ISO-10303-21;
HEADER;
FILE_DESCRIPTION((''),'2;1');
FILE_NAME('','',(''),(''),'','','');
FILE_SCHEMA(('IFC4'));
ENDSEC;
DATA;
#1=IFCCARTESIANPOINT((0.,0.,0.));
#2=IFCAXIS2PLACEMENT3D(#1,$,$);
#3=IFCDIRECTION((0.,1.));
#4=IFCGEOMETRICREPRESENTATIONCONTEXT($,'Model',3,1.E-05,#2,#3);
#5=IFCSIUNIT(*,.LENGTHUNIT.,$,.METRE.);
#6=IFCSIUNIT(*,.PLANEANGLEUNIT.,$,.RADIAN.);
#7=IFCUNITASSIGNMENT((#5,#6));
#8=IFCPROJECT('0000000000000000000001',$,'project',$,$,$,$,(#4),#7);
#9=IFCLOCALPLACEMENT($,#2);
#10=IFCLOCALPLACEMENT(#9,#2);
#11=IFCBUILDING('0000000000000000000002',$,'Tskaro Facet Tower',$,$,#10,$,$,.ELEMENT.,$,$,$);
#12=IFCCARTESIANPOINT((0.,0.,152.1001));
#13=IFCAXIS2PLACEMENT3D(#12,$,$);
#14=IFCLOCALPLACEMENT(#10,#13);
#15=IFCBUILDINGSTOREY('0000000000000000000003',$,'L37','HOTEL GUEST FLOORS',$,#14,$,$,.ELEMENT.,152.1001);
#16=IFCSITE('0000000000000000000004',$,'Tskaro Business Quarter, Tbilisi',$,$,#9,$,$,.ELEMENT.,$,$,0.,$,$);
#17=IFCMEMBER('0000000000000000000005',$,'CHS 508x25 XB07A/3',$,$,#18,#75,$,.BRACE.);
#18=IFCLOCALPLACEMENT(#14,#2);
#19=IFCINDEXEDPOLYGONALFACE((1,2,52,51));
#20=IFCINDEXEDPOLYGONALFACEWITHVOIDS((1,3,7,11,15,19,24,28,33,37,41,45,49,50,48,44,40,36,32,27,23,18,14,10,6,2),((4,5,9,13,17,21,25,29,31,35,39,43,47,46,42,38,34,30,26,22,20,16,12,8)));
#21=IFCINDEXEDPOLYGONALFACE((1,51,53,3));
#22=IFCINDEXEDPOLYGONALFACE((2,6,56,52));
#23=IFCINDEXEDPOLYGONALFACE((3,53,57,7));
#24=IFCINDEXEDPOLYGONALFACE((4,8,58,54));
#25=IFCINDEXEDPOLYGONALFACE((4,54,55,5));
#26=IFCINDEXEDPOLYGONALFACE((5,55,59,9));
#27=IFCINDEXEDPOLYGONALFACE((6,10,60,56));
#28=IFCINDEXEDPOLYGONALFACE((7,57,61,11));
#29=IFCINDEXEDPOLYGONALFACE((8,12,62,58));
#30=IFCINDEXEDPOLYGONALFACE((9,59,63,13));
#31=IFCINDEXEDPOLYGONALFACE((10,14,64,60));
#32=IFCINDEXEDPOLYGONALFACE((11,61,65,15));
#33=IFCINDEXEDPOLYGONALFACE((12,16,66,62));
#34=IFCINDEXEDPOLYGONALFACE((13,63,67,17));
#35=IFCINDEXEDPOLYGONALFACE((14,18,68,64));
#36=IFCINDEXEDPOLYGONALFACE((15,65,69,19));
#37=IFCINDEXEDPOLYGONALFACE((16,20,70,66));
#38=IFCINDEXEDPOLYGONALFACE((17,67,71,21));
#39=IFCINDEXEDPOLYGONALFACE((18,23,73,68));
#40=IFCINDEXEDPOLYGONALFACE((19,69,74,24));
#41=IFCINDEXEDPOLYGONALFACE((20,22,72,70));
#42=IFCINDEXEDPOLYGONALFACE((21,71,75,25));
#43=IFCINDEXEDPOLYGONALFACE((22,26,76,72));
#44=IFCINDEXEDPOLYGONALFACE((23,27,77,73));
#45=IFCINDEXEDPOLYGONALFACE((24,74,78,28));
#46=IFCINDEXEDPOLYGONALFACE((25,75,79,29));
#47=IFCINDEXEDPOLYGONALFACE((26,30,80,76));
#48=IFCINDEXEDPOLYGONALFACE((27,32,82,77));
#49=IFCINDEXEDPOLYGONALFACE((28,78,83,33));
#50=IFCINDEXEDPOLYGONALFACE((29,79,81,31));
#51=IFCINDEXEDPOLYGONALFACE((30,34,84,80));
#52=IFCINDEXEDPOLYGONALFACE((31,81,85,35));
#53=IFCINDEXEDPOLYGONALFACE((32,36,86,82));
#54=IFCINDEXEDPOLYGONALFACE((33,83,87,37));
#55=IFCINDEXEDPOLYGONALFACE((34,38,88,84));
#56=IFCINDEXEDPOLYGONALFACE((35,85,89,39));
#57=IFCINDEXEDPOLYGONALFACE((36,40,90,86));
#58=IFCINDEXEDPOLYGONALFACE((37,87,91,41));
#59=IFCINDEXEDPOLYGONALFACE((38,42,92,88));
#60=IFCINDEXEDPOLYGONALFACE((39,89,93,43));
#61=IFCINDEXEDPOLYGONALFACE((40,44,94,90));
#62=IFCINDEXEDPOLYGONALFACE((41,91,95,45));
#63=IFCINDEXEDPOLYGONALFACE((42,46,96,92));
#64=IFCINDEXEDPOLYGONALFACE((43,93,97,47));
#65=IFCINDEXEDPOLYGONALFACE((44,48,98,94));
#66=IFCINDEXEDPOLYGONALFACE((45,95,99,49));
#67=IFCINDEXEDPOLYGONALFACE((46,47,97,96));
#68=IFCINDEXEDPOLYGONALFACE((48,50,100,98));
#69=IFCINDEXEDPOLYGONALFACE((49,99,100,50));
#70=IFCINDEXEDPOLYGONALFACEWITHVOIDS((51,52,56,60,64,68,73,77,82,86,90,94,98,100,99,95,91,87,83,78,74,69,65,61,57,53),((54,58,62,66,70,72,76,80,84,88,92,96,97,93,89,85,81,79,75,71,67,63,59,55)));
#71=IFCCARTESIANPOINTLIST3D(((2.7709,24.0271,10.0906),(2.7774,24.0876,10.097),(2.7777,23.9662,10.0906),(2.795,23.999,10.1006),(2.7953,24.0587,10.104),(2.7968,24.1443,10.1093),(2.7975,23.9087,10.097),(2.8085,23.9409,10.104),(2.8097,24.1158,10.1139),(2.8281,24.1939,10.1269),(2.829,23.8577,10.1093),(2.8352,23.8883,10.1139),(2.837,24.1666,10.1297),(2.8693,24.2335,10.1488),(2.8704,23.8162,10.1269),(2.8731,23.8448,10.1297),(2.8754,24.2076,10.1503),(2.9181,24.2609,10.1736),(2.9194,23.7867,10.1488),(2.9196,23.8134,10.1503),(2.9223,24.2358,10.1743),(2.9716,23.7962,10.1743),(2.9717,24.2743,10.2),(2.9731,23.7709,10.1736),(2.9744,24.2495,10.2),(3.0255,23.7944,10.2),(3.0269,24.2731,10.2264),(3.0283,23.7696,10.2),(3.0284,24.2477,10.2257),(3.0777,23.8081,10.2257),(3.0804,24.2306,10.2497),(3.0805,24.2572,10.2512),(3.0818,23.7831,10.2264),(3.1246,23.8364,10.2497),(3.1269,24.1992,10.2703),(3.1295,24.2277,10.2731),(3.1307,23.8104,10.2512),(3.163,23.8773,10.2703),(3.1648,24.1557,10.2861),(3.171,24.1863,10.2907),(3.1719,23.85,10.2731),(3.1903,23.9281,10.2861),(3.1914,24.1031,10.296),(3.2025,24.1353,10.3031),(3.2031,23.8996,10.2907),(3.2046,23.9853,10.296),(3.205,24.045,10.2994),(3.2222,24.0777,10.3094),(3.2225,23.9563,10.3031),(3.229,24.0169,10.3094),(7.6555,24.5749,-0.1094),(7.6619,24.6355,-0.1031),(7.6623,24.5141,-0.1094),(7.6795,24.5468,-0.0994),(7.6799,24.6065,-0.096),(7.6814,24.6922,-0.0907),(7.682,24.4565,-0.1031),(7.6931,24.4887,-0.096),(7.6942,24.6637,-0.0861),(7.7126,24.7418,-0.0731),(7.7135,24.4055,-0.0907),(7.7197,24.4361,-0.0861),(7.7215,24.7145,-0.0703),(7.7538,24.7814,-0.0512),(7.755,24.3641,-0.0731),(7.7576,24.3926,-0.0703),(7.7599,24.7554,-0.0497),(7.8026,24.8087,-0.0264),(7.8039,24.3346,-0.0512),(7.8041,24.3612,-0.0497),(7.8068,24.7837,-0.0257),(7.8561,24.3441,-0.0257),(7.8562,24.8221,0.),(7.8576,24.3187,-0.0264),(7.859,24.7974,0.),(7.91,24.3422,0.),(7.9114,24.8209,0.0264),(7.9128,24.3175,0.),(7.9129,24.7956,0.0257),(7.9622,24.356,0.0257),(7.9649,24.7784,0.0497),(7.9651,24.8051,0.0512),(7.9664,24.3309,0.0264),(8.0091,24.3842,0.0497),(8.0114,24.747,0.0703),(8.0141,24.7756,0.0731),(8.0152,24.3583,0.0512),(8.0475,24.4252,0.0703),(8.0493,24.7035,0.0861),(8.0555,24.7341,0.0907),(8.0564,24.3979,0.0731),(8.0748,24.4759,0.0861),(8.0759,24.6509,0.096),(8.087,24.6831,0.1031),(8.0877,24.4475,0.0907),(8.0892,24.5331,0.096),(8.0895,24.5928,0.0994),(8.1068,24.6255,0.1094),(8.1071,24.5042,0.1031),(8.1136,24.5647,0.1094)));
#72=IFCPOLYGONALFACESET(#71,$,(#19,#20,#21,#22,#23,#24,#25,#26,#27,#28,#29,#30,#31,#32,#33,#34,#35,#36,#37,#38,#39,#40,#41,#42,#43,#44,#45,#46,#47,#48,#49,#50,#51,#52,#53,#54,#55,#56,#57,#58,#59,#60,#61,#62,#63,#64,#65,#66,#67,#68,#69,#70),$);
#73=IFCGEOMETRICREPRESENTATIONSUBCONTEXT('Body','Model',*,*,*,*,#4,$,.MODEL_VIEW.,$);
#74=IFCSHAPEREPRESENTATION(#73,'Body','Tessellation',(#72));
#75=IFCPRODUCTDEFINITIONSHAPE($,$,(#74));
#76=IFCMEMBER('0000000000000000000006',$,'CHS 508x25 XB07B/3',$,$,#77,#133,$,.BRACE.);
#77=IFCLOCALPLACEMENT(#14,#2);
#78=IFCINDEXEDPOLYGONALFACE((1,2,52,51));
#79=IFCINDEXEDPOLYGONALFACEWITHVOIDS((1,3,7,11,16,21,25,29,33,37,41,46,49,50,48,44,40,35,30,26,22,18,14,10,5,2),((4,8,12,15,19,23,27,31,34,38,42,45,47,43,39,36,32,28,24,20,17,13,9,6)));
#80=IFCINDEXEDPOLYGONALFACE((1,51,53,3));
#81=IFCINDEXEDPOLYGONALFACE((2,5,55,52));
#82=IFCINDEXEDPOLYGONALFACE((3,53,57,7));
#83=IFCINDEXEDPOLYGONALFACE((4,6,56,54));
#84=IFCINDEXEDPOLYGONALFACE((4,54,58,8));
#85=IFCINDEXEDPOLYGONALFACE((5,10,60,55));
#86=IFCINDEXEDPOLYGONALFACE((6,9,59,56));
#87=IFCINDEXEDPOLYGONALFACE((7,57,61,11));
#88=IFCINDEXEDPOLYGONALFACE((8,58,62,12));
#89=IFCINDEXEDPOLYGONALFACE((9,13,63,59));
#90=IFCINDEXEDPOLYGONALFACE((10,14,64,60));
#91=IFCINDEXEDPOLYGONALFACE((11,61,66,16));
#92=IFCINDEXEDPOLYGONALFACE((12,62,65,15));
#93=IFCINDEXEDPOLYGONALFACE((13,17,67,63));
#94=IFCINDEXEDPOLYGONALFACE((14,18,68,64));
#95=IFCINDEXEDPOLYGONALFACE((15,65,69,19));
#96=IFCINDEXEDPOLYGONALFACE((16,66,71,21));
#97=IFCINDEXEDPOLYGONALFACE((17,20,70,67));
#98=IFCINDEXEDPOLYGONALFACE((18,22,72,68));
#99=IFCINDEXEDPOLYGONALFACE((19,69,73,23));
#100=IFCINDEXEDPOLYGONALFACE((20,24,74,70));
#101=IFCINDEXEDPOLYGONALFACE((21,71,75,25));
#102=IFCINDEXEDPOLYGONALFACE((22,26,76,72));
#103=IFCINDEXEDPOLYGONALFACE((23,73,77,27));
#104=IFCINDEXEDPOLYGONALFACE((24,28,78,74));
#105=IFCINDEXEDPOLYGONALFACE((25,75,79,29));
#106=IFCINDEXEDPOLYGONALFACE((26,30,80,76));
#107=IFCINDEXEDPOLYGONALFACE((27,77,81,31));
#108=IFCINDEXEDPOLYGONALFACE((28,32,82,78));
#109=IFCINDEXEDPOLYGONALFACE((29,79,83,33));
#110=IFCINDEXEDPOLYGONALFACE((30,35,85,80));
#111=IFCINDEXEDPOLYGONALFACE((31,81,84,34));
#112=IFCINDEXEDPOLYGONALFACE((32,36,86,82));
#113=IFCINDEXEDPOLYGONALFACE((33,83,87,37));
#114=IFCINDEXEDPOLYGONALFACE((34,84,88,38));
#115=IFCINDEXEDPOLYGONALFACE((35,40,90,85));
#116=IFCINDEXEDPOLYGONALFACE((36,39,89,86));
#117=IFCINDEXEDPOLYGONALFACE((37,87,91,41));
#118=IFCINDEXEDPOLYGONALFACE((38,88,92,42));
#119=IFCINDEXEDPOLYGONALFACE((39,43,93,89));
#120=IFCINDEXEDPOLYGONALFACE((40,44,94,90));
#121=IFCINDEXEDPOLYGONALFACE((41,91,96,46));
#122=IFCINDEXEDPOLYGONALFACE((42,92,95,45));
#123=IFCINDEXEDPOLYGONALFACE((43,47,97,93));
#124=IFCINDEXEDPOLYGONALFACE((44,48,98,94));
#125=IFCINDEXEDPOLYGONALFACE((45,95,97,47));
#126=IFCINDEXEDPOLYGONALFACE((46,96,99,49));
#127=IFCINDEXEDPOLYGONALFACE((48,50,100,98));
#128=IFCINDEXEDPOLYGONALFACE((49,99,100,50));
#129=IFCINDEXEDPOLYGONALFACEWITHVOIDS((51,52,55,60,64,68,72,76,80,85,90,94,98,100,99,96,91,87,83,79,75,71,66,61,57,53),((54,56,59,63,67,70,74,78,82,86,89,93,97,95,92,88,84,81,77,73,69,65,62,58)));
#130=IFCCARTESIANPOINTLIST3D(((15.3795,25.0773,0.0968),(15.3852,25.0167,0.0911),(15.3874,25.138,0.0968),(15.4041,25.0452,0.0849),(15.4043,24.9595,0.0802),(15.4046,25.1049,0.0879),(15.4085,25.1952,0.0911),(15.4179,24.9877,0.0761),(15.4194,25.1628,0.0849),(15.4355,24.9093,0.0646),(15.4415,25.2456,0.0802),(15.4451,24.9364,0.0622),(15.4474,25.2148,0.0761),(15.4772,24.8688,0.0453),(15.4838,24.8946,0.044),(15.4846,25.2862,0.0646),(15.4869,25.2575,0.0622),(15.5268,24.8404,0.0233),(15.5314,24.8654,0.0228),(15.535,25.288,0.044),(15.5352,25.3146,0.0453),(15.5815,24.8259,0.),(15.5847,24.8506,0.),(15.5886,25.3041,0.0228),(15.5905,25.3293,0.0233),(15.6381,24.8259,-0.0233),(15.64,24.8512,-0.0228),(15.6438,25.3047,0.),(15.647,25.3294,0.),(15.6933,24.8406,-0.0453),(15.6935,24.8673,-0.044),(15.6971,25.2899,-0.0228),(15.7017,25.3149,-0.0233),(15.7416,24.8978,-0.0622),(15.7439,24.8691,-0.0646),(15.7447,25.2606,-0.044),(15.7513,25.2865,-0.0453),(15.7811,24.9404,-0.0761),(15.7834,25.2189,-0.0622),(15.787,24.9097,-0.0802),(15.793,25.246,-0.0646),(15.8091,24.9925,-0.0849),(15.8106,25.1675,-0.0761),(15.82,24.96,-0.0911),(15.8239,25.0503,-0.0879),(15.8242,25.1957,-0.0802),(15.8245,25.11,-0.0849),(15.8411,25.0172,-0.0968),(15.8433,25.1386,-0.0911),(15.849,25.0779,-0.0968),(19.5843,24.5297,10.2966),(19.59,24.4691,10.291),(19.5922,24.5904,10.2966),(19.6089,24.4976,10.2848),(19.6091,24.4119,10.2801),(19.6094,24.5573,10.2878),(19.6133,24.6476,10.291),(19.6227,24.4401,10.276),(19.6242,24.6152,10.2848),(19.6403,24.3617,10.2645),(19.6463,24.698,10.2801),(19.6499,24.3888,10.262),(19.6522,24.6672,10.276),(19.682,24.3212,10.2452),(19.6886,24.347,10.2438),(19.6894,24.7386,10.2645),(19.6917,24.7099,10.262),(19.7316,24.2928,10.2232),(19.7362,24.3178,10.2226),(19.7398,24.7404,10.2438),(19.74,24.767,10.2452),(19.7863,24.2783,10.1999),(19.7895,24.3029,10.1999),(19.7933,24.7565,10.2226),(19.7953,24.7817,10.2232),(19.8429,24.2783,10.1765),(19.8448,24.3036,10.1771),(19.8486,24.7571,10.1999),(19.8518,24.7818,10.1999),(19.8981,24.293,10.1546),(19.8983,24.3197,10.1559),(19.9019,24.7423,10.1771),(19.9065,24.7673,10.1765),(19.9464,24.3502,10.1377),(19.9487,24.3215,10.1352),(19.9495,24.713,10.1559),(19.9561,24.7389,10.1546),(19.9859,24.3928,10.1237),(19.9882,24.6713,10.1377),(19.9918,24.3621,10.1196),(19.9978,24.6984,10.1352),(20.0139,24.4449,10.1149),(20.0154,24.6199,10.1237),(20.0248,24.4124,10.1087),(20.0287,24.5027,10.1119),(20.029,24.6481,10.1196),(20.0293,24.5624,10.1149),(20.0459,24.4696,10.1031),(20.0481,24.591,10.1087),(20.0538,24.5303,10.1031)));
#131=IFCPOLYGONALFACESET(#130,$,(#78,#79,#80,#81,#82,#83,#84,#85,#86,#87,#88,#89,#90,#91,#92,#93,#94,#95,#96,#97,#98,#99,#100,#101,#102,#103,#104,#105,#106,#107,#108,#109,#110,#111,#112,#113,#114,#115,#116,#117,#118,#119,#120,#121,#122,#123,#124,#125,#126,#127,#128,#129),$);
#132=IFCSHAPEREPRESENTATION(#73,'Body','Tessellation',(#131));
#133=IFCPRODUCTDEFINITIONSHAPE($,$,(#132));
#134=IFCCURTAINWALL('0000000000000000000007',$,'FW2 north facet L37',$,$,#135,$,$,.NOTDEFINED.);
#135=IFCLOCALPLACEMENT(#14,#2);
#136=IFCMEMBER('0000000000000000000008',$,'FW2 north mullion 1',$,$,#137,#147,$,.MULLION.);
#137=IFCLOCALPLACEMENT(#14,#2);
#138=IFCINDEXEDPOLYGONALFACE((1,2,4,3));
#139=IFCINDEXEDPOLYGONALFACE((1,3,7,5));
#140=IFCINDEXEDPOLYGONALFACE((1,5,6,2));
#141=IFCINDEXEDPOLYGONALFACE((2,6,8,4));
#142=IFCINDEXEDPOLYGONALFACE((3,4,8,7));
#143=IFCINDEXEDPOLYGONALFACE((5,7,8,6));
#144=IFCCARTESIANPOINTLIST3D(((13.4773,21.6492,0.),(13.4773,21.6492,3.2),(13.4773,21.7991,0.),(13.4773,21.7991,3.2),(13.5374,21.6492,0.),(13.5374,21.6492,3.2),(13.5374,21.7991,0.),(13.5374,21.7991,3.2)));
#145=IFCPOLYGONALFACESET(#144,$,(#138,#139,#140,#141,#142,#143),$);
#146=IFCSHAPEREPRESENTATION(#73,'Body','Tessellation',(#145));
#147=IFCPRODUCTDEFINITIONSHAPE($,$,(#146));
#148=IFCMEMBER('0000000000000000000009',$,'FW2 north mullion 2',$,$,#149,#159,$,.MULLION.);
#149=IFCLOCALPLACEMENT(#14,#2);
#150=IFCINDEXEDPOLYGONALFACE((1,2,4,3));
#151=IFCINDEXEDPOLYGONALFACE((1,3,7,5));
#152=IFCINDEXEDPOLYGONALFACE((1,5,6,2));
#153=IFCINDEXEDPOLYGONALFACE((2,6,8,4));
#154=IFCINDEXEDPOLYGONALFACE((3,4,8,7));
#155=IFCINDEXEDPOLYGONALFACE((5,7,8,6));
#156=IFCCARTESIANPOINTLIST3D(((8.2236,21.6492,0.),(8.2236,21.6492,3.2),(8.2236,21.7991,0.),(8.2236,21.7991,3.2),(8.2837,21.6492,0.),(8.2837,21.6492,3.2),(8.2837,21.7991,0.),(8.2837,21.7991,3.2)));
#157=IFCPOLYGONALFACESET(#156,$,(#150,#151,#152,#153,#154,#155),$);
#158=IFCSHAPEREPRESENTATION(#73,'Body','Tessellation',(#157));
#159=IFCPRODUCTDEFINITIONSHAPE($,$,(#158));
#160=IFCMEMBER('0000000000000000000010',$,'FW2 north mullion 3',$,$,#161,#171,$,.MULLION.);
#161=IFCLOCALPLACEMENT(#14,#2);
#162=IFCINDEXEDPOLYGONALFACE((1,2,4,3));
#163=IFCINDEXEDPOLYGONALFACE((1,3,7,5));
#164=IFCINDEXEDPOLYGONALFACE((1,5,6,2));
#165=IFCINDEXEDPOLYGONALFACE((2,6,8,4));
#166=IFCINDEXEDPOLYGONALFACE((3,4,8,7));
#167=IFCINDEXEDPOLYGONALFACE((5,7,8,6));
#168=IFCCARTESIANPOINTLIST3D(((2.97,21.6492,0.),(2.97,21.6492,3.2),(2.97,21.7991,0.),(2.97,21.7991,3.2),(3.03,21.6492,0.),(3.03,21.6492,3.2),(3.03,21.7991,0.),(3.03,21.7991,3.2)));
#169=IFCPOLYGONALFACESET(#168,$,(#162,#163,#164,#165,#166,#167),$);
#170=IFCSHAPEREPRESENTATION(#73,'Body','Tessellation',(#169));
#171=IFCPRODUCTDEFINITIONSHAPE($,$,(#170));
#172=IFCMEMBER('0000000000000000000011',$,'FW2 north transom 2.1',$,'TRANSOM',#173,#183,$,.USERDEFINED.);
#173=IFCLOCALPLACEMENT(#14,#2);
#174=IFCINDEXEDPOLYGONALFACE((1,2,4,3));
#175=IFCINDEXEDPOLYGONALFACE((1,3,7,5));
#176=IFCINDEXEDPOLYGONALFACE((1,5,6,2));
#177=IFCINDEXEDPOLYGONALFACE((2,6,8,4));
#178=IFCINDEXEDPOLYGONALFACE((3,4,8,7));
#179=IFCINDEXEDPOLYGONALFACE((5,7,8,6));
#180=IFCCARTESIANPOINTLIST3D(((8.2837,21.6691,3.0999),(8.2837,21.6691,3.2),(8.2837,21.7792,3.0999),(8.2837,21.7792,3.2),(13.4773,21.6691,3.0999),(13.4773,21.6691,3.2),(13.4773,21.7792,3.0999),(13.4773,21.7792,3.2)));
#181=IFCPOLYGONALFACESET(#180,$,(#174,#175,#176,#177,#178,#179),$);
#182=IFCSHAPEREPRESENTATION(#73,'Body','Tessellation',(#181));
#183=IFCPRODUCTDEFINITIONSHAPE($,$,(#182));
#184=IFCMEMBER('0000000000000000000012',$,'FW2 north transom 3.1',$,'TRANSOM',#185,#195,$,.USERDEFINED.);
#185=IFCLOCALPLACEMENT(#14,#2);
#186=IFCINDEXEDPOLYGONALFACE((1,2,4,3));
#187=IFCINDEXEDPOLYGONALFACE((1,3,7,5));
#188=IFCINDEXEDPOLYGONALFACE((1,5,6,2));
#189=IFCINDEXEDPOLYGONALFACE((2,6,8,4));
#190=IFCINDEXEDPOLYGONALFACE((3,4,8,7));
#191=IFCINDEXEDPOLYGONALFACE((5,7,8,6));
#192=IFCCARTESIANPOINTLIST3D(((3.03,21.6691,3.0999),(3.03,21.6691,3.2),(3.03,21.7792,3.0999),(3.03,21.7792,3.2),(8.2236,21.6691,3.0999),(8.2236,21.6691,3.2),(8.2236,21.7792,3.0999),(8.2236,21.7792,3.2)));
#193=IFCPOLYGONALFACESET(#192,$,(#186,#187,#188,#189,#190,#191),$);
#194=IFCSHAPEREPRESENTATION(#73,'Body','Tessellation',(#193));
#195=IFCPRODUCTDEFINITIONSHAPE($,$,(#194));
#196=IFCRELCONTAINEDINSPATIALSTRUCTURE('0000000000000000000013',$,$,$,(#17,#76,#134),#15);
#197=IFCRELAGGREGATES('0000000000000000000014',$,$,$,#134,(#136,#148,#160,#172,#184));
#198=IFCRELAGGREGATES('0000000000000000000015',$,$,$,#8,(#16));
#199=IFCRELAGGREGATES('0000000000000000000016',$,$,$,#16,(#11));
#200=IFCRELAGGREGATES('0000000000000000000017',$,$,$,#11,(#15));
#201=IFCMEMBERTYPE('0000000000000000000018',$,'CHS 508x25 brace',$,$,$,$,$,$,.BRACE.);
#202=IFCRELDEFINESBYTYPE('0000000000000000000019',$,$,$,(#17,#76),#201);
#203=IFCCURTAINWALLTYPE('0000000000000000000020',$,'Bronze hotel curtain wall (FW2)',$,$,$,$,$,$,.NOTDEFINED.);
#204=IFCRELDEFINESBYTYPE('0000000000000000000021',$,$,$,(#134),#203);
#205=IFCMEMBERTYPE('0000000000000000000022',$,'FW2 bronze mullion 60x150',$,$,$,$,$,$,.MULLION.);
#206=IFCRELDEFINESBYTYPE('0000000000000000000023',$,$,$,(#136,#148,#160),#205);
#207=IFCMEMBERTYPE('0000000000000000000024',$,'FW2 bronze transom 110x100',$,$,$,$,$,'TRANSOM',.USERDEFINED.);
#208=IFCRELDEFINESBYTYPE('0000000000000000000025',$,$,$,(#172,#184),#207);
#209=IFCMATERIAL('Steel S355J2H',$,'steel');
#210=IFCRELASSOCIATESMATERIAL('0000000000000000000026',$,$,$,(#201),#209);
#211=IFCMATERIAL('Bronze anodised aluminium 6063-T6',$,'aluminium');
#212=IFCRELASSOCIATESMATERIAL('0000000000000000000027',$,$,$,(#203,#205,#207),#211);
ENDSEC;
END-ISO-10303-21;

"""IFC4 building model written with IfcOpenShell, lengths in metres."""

from ifc_helpers import new_model, si_unit, direction, frame, origin, origin_2d, place, context, subcontext, project, spatial, rectangle, hollow_circle, extrude, material, material_profile, profile_set, type_object, element, aggregate, save


model = new_model("IFC4")

# Units and contexts
model_context = context("Model", 3, precision=1e-05, world=origin(), true_north=direction((0.0, 1.0)))
body_context = subcontext(model_context, "Body", "Model", "MODEL_VIEW")
ifc_project = project(units=[si_unit("LENGTHUNIT", "METRE"), si_unit("PLANEANGLEUNIT", "RADIAN")], contexts=[model_context])

# Site, building, storey
site_placement = place(None, origin())
site = spatial("IfcSite", under=ifc_project, at=site_placement, Name="Tskaro Business Quarter, Tbilisi", CompositionType="ELEMENT", RefElevation=0.0)
building_placement = place(site_placement, origin())
building = spatial("IfcBuilding", under=site, at=building_placement, Name="Tskaro Facet Tower", CompositionType="ELEMENT")
storey_placement = place(building_placement, frame((0.0, 0.0, 152.1001)))
storey = spatial("IfcBuildingStorey", under=building, at=storey_placement, Name="L37", Description="HOTEL GUEST FLOORS", CompositionType="ELEMENT", Elevation=152.1001)

# Shared definitions
ifc_material_1 = material(Name="Steel S355J2H", Category="steel")

# Members
ifc_material_profile_1 = material_profile(ifc_material_1, hollow_circle(Radius=0.2539, WallThickness=0.0249, at=origin_2d()), Name="CHS 508x25")
ifc_profile_set_1 = profile_set([ifc_material_profile_1], Name="Steel S355J2H")
member_type_1 = type_object("IfcMemberType", Name="CHS 508x25 brace", PredefinedType="BRACE", material=ifc_profile_set_1)
member_1_placement = place(storey_placement, frame((7.8845, 24.5698, 0.0), z_axis=(-0.431402, -0.048386, 0.900861), x_axis=(0.111462, -0.993769, 0.0)))
element("IfcMember", 1, at=member_1_placement, inside=storey, type_object=member_type_1, Name="CHS 508x25 XB07A/3", PredefinedType="BRACE", context=body_context, shape_type="SweptSolid", body=[
    extrude(hollow_circle(Radius=0.2539, WallThickness=0.0249, at=origin_2d()), origin(), (0.0, 0.0, 1.0), 11.3225),
])
member_2_placement = place(storey_placement, frame((15.6143, 25.0776, 0.0), z_axis=(0.380657, -0.049574, 0.923386), x_axis=(0.129142, 0.991626, 0.0)))
element("IfcMember", 2, at=member_2_placement, inside=storey, type_object=member_type_1, Name="CHS 508x25 XB07B/3", PredefinedType="BRACE", context=body_context, shape_type="SweptSolid", body=[
    extrude(hollow_circle(Radius=0.2539, WallThickness=0.0249, at=origin_2d()), origin(), (0.0, 0.0, 1.0), 11.0461),
])

# Curtain wall, members
ifc_material_2 = material(Name="Bronze anodised aluminium 6063-T6", Category="aluminium")
curtain_wall_type = type_object("IfcCurtainWallType", Name="Bronze hotel curtain wall (FW2)", PredefinedType="NOTDEFINED", material=ifc_material_2)
curtain_wall_placement = place(storey_placement, origin())
curtain_wall = element("IfcCurtainWall", 3, at=curtain_wall_placement, inside=storey, type_object=curtain_wall_type, Name="FW2 north facet L37", PredefinedType="NOTDEFINED")
ifc_material_profile_2 = material_profile(ifc_material_2, rectangle(XDim=0.0601, YDim=0.1499, at=origin_2d()), Name="Mullion 60x150")
ifc_profile_set_2 = profile_set([ifc_material_profile_2], Name="Bronze anodised aluminium 6063-T6")
member_type_2 = type_object("IfcMemberType", Name="FW2 bronze mullion 60x150", PredefinedType="MULLION", material=ifc_profile_set_2)
member_3_placement = place(storey_placement, frame((13.5073, 21.7241, 0.0), z_axis=(0.0, 0.0, 1.0), x_axis=(-1.0, 0.0, 0.0)))
member_3 = element("IfcMember", 4, at=member_3_placement, type_object=member_type_2, Name="FW2 north mullion 1", PredefinedType="MULLION", context=body_context, shape_type="SweptSolid", body=[
    extrude(rectangle(XDim=0.0601, YDim=0.1499, at=origin_2d()), origin(), (0.0, 0.0, 1.0), 3.2),
])
member_4_placement = place(storey_placement, frame((8.2537, 21.7241, 0.0), z_axis=(0.0, 0.0, 1.0), x_axis=(-1.0, 0.0, 0.0)))
member_4 = element("IfcMember", 5, at=member_4_placement, type_object=member_type_2, Name="FW2 north mullion 2", PredefinedType="MULLION", context=body_context, shape_type="SweptSolid", body=[
    extrude(rectangle(XDim=0.0601, YDim=0.1499, at=origin_2d()), origin(), (0.0, 0.0, 1.0), 3.2),
])
member_5_placement = place(storey_placement, frame((3.0, 21.7241, 0.0), z_axis=(0.0, 0.0, 1.0), x_axis=(-1.0, 0.0, 0.0)))
member_5 = element("IfcMember", 6, at=member_5_placement, type_object=member_type_2, Name="FW2 north mullion 3", PredefinedType="MULLION", context=body_context, shape_type="SweptSolid", body=[
    extrude(rectangle(XDim=0.0601, YDim=0.1499, at=origin_2d()), origin(), (0.0, 0.0, 1.0), 3.2),
])
ifc_material_profile_3 = material_profile(ifc_material_2, rectangle(XDim=0.1101, YDim=0.1001, at=origin_2d()), Name="Transom 110x100")
ifc_profile_set_3 = profile_set([ifc_material_profile_3], Name="Bronze anodised aluminium 6063-T6")
member_type_3 = type_object("IfcMemberType", Name="FW2 bronze transom 110x100", ElementType="TRANSOM", PredefinedType="USERDEFINED", material=ifc_profile_set_3)
member_6_placement = place(storey_placement, frame((13.4773, 21.7241, 3.1499), z_axis=(-1.0, 0.0, 0.0), x_axis=(0.0, -1.0, 0.0)))
member_6 = element("IfcMember", 7, at=member_6_placement, type_object=member_type_3, Name="FW2 north transom 2.1", ObjectType="TRANSOM", PredefinedType="USERDEFINED", context=body_context, shape_type="SweptSolid", body=[
    extrude(rectangle(XDim=0.1101, YDim=0.1001, at=origin_2d()), origin(), (0.0, 0.0, 1.0), 5.1936),
])
member_7_placement = place(storey_placement, frame((8.2236, 21.7241, 3.1499), z_axis=(-1.0, 0.0, 0.0), x_axis=(0.0, -1.0, 0.0)))
member_7 = element("IfcMember", 8, at=member_7_placement, type_object=member_type_3, Name="FW2 north transom 3.1", ObjectType="TRANSOM", PredefinedType="USERDEFINED", context=body_context, shape_type="SweptSolid", body=[
    extrude(rectangle(XDim=0.1101, YDim=0.1001, at=origin_2d()), origin(), (0.0, 0.0, 1.0), 5.1936),
])

aggregate(curtain_wall, [member_3, member_4, member_5, member_6, member_7])

save(model, "model.ifc")
